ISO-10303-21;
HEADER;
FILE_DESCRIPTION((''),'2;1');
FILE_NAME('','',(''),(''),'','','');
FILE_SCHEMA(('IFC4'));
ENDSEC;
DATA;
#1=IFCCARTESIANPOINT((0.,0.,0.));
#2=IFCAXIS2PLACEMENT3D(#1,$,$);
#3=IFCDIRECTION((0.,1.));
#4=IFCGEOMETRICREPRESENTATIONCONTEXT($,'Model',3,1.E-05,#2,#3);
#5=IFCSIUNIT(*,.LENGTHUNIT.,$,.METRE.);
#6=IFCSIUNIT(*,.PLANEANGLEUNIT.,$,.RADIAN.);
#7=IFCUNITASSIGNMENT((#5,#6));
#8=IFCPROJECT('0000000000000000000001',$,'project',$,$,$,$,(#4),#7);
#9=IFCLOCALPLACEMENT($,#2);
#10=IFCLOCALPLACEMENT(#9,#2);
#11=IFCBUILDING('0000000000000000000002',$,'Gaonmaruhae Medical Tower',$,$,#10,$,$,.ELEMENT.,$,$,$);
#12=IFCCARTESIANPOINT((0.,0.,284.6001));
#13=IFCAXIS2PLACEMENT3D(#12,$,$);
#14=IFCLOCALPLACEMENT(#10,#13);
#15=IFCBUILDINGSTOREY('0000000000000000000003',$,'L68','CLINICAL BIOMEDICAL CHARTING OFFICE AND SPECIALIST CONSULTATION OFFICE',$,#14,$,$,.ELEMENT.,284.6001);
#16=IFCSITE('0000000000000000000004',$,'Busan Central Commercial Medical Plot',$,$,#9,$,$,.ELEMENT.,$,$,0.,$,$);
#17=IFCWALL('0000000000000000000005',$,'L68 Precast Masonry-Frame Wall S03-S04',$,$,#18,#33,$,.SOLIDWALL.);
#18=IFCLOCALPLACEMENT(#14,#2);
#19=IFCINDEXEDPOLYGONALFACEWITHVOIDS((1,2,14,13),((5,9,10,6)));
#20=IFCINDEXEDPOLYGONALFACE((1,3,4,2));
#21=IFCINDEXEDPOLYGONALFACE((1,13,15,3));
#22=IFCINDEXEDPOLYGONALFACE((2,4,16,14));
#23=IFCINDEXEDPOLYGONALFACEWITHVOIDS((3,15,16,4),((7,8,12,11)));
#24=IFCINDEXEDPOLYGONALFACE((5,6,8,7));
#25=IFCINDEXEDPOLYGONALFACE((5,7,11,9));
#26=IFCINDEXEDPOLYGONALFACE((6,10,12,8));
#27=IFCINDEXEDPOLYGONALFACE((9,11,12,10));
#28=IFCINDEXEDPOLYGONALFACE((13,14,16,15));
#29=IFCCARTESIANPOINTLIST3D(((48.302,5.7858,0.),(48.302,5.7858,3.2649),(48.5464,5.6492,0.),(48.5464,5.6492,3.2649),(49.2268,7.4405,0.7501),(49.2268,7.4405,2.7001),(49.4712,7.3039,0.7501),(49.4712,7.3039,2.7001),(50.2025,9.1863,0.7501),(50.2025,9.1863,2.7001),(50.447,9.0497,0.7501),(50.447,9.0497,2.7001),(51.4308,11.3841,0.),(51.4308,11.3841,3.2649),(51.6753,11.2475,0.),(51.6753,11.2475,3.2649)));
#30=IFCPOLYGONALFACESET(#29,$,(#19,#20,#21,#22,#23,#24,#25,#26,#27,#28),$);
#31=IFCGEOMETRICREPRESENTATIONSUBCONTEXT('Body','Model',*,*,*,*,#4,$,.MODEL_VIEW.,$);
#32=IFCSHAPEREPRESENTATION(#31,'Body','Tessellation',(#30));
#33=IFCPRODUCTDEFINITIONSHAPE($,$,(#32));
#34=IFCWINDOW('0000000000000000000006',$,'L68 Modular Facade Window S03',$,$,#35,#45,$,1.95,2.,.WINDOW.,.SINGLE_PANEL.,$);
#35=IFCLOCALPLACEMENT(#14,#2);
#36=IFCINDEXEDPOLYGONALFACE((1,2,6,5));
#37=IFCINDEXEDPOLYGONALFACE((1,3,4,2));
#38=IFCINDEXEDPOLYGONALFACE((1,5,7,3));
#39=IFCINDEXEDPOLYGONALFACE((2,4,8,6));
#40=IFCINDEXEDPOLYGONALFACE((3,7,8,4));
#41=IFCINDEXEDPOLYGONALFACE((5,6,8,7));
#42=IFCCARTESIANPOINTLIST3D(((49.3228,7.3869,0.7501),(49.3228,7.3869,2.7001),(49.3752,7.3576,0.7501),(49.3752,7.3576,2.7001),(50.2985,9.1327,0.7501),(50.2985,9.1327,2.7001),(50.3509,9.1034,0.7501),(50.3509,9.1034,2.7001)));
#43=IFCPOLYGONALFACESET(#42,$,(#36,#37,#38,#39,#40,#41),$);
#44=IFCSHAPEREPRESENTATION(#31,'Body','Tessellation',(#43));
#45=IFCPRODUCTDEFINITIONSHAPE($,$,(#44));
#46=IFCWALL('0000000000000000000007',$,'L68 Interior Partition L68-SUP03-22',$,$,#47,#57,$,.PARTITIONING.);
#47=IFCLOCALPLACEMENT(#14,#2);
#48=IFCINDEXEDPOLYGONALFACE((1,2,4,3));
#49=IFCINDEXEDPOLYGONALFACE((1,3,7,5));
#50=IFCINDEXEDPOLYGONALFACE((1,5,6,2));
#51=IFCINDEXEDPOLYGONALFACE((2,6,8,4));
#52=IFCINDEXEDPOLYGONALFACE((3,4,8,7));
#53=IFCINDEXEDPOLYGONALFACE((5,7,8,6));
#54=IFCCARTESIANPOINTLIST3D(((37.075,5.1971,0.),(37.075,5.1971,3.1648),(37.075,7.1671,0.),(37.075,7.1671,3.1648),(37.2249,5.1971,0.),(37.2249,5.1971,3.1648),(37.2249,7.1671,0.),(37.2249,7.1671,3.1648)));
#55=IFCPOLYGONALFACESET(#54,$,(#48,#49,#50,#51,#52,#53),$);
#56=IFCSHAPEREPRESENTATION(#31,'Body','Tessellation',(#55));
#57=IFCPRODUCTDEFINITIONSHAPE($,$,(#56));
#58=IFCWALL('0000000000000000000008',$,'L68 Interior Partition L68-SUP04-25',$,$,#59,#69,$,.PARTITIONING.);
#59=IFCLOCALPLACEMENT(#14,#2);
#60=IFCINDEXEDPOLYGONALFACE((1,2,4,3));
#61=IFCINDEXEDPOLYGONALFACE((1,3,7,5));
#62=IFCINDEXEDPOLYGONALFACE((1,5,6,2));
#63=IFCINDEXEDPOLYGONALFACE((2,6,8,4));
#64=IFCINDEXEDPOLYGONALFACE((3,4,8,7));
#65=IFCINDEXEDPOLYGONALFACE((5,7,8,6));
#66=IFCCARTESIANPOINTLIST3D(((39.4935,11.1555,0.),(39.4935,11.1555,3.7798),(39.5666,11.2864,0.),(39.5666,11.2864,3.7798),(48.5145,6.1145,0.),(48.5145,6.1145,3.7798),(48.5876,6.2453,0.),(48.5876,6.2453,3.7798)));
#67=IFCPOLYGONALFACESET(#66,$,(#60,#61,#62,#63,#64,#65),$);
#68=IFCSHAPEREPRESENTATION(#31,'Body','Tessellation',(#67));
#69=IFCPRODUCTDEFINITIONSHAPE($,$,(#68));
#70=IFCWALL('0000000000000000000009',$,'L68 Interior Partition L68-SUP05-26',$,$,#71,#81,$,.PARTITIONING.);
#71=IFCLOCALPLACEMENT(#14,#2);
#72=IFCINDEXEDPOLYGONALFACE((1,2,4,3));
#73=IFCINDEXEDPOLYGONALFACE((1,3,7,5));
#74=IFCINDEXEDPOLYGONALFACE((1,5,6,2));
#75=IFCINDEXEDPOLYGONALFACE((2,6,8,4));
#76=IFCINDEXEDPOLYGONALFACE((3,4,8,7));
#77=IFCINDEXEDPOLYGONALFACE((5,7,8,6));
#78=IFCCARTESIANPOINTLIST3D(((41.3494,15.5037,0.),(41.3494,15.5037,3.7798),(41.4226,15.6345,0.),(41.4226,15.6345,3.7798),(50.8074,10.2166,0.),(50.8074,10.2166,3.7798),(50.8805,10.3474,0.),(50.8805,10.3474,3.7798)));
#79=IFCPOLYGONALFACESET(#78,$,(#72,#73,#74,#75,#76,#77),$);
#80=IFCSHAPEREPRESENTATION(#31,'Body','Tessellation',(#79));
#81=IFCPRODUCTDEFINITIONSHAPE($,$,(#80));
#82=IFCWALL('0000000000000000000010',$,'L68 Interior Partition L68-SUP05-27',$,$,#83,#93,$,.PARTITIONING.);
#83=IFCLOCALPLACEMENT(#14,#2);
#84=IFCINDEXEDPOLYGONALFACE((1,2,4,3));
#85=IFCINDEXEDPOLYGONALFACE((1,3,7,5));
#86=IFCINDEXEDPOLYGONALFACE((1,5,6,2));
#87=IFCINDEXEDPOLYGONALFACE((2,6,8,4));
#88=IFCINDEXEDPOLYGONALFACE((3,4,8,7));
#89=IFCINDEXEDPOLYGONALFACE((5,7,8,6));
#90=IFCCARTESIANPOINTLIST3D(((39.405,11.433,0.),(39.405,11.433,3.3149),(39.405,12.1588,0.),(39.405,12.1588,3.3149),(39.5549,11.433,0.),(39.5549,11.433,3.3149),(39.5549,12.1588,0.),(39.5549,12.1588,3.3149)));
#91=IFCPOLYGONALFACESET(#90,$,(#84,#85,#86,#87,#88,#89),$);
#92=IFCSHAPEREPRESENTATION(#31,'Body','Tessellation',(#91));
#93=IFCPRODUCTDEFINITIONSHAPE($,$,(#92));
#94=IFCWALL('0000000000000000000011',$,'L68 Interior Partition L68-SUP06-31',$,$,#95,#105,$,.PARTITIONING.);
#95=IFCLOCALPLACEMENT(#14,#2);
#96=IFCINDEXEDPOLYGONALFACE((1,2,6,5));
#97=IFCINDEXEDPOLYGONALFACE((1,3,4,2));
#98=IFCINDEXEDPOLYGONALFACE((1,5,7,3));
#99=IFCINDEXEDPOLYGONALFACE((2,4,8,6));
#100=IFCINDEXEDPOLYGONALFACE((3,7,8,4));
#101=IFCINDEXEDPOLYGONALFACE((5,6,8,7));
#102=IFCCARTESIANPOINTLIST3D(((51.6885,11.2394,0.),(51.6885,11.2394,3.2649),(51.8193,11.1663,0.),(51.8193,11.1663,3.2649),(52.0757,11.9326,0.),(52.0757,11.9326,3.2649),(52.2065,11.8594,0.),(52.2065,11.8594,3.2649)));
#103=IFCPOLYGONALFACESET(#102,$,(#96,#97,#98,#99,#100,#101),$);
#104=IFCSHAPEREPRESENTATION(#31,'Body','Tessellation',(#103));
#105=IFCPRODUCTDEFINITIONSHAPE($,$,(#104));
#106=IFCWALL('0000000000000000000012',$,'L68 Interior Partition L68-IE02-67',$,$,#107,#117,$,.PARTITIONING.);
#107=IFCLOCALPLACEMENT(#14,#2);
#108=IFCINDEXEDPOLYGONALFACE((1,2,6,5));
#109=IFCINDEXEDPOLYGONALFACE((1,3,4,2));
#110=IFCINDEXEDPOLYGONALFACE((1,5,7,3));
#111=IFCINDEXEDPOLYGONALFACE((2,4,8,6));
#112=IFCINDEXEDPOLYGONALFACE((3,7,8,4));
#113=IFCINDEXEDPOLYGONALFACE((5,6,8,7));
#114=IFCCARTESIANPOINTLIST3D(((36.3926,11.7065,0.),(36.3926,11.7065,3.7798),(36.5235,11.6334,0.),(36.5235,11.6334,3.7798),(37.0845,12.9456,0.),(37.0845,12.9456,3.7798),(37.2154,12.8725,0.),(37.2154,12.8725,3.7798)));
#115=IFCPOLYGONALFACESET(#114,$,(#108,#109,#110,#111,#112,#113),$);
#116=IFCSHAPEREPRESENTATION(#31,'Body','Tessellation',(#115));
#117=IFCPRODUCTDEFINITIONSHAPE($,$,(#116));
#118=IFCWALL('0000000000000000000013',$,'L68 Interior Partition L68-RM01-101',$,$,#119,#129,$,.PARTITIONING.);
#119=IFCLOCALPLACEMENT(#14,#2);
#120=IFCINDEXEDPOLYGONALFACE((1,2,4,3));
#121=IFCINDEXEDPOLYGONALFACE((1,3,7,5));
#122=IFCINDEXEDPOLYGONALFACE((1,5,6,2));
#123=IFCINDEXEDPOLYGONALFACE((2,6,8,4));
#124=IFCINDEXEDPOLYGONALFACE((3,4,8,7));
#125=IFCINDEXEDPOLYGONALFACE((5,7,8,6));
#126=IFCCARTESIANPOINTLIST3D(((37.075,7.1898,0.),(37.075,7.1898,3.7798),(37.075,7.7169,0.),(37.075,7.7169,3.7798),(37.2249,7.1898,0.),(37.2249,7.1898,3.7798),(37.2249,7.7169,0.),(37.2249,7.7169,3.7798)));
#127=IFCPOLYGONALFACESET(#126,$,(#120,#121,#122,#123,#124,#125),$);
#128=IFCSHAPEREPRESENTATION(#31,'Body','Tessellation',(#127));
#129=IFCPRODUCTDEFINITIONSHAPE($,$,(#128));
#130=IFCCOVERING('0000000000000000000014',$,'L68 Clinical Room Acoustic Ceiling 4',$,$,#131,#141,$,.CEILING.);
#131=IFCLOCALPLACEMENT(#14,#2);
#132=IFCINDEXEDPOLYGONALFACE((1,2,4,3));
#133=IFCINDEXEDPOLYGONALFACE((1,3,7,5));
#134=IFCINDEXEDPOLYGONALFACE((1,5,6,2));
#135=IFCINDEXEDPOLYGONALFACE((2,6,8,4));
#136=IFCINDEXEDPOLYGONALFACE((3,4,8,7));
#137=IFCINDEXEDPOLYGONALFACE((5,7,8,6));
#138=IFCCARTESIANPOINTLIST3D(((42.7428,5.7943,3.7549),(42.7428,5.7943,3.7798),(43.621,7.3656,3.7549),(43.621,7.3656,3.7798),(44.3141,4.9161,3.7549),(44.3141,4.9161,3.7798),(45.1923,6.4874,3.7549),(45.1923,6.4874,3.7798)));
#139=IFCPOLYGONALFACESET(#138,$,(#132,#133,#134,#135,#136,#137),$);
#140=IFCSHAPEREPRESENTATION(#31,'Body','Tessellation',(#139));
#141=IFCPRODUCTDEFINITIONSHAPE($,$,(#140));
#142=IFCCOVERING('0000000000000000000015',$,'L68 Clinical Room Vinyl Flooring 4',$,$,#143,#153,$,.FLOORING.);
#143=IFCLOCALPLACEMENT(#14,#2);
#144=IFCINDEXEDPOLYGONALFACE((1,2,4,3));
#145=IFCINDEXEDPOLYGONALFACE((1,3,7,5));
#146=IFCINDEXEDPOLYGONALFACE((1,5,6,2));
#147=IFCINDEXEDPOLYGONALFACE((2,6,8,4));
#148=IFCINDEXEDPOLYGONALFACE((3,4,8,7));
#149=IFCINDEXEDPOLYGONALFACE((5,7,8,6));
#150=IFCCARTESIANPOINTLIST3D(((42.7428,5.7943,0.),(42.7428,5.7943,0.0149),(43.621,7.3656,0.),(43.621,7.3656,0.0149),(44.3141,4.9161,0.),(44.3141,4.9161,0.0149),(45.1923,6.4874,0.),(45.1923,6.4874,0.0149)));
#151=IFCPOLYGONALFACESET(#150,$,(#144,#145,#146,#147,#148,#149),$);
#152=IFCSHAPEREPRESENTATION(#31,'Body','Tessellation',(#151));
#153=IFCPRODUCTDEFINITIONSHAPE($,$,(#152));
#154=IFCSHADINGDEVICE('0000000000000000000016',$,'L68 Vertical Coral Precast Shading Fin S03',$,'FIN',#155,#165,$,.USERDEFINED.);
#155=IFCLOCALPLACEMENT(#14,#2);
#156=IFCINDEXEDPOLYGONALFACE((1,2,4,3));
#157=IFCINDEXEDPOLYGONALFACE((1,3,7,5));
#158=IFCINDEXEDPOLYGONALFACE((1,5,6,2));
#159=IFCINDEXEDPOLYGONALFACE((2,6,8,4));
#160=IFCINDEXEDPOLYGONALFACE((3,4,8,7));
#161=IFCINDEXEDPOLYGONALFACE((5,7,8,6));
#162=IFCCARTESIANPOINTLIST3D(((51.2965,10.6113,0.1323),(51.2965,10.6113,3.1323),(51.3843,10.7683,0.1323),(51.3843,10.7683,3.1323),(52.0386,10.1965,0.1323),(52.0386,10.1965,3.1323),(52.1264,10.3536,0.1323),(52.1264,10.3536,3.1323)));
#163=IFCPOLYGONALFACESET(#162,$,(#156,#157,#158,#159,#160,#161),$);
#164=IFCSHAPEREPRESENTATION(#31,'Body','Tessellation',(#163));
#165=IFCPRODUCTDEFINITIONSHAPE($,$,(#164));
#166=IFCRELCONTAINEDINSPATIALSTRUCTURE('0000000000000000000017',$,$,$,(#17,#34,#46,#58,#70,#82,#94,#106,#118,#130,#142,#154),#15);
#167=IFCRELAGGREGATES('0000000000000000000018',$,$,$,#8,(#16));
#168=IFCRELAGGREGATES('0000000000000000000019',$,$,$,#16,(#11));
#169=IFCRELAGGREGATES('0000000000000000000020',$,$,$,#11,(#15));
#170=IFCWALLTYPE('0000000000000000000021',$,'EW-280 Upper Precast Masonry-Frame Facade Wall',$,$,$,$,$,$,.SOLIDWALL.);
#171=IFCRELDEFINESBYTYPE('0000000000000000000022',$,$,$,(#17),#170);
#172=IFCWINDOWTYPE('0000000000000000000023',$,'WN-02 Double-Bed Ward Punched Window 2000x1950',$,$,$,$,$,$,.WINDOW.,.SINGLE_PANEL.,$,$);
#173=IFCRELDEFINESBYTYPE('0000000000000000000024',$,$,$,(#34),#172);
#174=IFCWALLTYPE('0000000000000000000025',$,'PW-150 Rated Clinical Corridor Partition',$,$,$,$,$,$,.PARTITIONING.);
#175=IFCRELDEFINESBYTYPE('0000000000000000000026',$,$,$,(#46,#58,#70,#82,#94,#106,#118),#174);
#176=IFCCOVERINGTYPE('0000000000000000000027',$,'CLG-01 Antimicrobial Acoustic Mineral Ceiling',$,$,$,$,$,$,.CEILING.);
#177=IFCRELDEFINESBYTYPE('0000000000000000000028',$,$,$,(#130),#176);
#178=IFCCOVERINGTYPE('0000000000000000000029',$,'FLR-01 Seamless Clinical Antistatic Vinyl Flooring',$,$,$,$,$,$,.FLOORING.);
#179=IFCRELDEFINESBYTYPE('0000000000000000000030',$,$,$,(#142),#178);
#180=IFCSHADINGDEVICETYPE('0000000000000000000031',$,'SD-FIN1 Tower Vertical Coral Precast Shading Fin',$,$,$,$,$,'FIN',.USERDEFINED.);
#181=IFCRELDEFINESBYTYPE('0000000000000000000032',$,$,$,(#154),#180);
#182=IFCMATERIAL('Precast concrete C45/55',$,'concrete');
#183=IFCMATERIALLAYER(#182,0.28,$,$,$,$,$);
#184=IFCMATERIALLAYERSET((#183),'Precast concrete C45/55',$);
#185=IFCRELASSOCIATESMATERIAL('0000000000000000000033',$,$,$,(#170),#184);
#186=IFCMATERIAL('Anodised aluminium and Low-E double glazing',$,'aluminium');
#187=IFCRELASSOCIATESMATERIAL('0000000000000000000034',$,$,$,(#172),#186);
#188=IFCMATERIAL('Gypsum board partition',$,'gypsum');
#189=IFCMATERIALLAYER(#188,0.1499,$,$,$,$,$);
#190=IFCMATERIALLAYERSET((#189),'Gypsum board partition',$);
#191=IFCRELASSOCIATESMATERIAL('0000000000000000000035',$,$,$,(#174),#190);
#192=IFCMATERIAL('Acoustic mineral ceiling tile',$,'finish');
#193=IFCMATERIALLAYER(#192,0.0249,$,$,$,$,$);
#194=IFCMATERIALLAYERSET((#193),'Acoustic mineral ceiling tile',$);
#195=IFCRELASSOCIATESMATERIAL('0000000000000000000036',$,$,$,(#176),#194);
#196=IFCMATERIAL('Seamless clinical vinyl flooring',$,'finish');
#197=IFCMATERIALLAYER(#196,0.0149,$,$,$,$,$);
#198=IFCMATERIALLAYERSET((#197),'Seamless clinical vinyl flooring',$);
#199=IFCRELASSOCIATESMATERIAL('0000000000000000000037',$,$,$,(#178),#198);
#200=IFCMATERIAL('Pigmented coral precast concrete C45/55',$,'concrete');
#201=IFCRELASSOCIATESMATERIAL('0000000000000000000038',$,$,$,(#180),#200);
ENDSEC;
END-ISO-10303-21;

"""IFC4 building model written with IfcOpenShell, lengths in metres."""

from ifc_helpers import new_model, si_unit, direction, frame, frame_2d, origin, origin_2d, place, context, subcontext, project, spatial, rectangle, extrude, material, layer, layer_set, type_object, element, fill, save


model = new_model("IFC4")

# Units and contexts
model_context = context("Model", 3, precision=1e-05, world=origin(), true_north=direction((0.0, 1.0)))
body_context = subcontext(model_context, "Body", "Model", "MODEL_VIEW")
ifc_project = project(units=[si_unit("LENGTHUNIT", "METRE"), si_unit("PLANEANGLEUNIT", "RADIAN")], contexts=[model_context])

# Site, building, storey
site_placement = place(None, origin())
site = spatial("IfcSite", under=ifc_project, at=site_placement, Name="Busan Central Commercial Medical Plot", CompositionType="ELEMENT", RefElevation=0.0)
building_placement = place(site_placement, origin())
building = spatial("IfcBuilding", under=site, at=building_placement, Name="Gaonmaruhae Medical Tower", CompositionType="ELEMENT")
storey_placement = place(building_placement, frame((0.0, 0.0, 284.6001)))
storey = spatial("IfcBuildingStorey", under=building, at=storey_placement, Name="L68", Description="CLINICAL BIOMEDICAL CHARTING OFFICE AND SPECIALIST CONSULTATION OFFICE", CompositionType="ELEMENT", Elevation=284.6001)

# Wall, opening, window
ifc_material_1 = material(Name="Precast concrete C45/55", Category="concrete")
ifc_layer_1 = layer(ifc_material_1, 0.28)
ifc_layer_set_1 = layer_set([ifc_layer_1], Name="Precast concrete C45/55")
wall_type_1 = type_object("IfcWallType", Name="EW-280 Upper Precast Masonry-Frame Facade Wall", PredefinedType="SOLIDWALL", material=ifc_layer_set_1)
wall_1_placement = place(storey_placement, frame((51.553, 11.3157, 0.0), z_axis=(0.0, 0.0, 1.0), x_axis=(-0.487868, -0.872917, 0.0)))
wall_1 = element("IfcWall", 1, at=wall_1_placement, inside=storey, type_object=wall_type_1, Name="L68 Precast Masonry-Frame Wall S03-S04", PredefinedType="SOLIDWALL", context=body_context, shape_type="SweptSolid", body=[
    extrude(rectangle(XDim=6.4133, YDim=0.28, at=frame_2d((3.2065, 0.0))), origin(), (0.0, 0.0, 1.0), 3.2649),
])
opening_1_placement = place(wall_1_placement, frame((2.5176, 0.0, 0.75)))
opening_1 = element("IfcOpeningElement", 2, at=opening_1_placement, cuts=wall_1, PredefinedType="OPENING", context=body_context, shape_type="SweptSolid", body=[
    extrude(rectangle(XDim=2.0, YDim=1.95, at=frame_2d((1.0, 0.9751))), frame((0.0, 0.1499, 0.0), z_axis=(0.0, -1.0, 0.0), x_axis=(1.0, 0.0, 0.0)), (0.0, 0.0, 1.0), 0.3),
])
ifc_material_2 = material(Name="Anodised aluminium and Low-E double glazing", Category="aluminium")
window_type = type_object("IfcWindowType", Name="WN-02 Double-Bed Ward Punched Window 2000x1950", PartitioningType="SINGLE_PANEL", PredefinedType="WINDOW", material=ifc_material_2)
window_placement = place(opening_1_placement, origin())
window = element("IfcWindow", 3, at=window_placement, inside=storey, type_object=window_type, Name="L68 Modular Facade Window S03", OverallHeight=1.95, OverallWidth=2.0, PartitioningType="SINGLE_PANEL", PredefinedType="WINDOW", context=body_context, shape_type="SweptSolid", body=[
    extrude(rectangle(XDim=2.0, YDim=1.95, at=frame_2d((1.0, 0.9751))), frame((0.0, 0.03, 0.0), z_axis=(0.0, -1.0, 0.0), x_axis=(1.0, 0.0, 0.0)), (0.0, 0.0, 1.0), 0.0601),
])
fill(opening_1, window)

# Walls
ifc_material_3 = material(Name="Gypsum board partition", Category="gypsum")
ifc_layer_2 = layer(ifc_material_3, 0.1499)
ifc_layer_set_2 = layer_set([ifc_layer_2], Name="Gypsum board partition")
wall_type_2 = type_object("IfcWallType", Name="PW-150 Rated Clinical Corridor Partition", PredefinedType="PARTITIONING", material=ifc_layer_set_2)
wall_2_placement = place(storey_placement, frame((37.1499, 7.167, 0.0), z_axis=(0.0, 0.0, 1.0), x_axis=(0.0, -1.0, 0.0)))
element("IfcWall", 4, at=wall_2_placement, inside=storey, type_object=wall_type_2, Name="L68 Interior Partition L68-SUP03-22", PredefinedType="PARTITIONING", context=body_context, shape_type="SweptSolid", body=[
    extrude(rectangle(XDim=1.97, YDim=0.1499, at=frame_2d((0.9849, 0.0))), origin(), (0.0, 0.0, 1.0), 3.1648),
])
wall_3_placement = place(storey_placement, frame((39.53, 11.2209, 0.0), z_axis=(0.0, 0.0, 1.0), x_axis=(0.872949, -0.487812, 0.0)))
element("IfcWall", 5, at=wall_3_placement, inside=storey, type_object=wall_type_2, Name="L68 Interior Partition L68-SUP04-25", PredefinedType="PARTITIONING", context=body_context, shape_type="SweptSolid", body=[
    extrude(rectangle(XDim=10.334, YDim=0.1499, at=frame_2d((5.167, 0.0))), origin(), (0.0, 0.0, 1.0), 3.7798),
])
wall_4_placement = place(storey_placement, frame((41.386, 15.5691, 0.0), z_axis=(0.0, 0.0, 1.0), x_axis=(0.872875, -0.487945, 0.0)))
element("IfcWall", 6, at=wall_4_placement, inside=storey, type_object=wall_type_2, Name="L68 Interior Partition L68-SUP05-26", PredefinedType="PARTITIONING", context=body_context, shape_type="SweptSolid", body=[
    extrude(rectangle(XDim=10.8354, YDim=0.1499, at=frame_2d((5.4177, 0.0))), origin(), (0.0, 0.0, 1.0), 3.7798),
])
wall_5_placement = place(storey_placement, frame((39.48, 11.4331, 0.0), z_axis=(0.0, 0.0, 1.0), x_axis=(0.0, 1.0, 0.0)))
element("IfcWall", 7, at=wall_5_placement, inside=storey, type_object=wall_type_2, Name="L68 Interior Partition L68-SUP05-27", PredefinedType="PARTITIONING", context=body_context, shape_type="SweptSolid", body=[
    extrude(rectangle(XDim=0.7258, YDim=0.1499, at=frame_2d((0.3628, 0.0))), origin(), (0.0, 0.0, 1.0), 3.3149),
])

# Walls
wall_6_placement = place(storey_placement, frame((52.1411, 11.896, 0.0), z_axis=(0.0, 0.0, 1.0), x_axis=(-0.487704, -0.873009, 0.0)))
element("IfcWall", 8, at=wall_6_placement, inside=storey, type_object=wall_type_2, Name="L68 Interior Partition L68-SUP06-31", PredefinedType="PARTITIONING", context=body_context, shape_type="SweptSolid", body=[
    extrude(rectangle(XDim=0.7939, YDim=0.1499, at=frame_2d((0.397, 0.0))), origin(), (0.0, 0.0, 1.0), 3.2649),
])
wall_7_placement = place(storey_placement, frame((37.1499, 12.9089, 0.0), z_axis=(0.0, 0.0, 1.0), x_axis=(-0.487555, -0.873092, 0.0)))
element("IfcWall", 9, at=wall_7_placement, inside=storey, type_object=wall_type_2, Name="L68 Interior Partition L68-IE02-67", PredefinedType="PARTITIONING", context=body_context, shape_type="SweptSolid", body=[
    extrude(rectangle(XDim=1.4192, YDim=0.1499, at=frame_2d((0.7095, 0.0))), origin(), (0.0, 0.0, 1.0), 3.7798),
])
wall_8_placement = place(storey_placement, frame((37.1499, 7.717, 0.0), z_axis=(0.0, 0.0, 1.0), x_axis=(0.0, -1.0, 0.0)))
element("IfcWall", 10, at=wall_8_placement, inside=storey, type_object=wall_type_2, Name="L68 Interior Partition L68-RM01-101", PredefinedType="PARTITIONING", context=body_context, shape_type="SweptSolid", body=[
    extrude(rectangle(XDim=0.5271, YDim=0.1499, at=frame_2d((0.2637, 0.0))), origin(), (0.0, 0.0, 1.0), 3.7798),
])

# Coverings
ifc_material_4 = material(Name="Acoustic mineral ceiling tile", Category="finish")
ifc_layer_3 = layer(ifc_material_4, 0.0249)
ifc_layer_set_3 = layer_set([ifc_layer_3], Name="Acoustic mineral ceiling tile")
covering_type_1 = type_object("IfcCoveringType", Name="CLG-01 Antimicrobial Acoustic Mineral Ceiling", PredefinedType="CEILING", material=ifc_layer_set_3)
covering_1_placement = place(storey_placement, frame((43.9675, 6.1409, 3.7549), z_axis=(0.0, 0.0, 1.0), x_axis=(0.48786, 0.872922, 0.0)))
element("IfcCovering", 11, at=covering_1_placement, inside=storey, type_object=covering_type_1, Name="L68 Clinical Room Acoustic Ceiling 4", PredefinedType="CEILING", context=body_context, shape_type="SweptSolid", body=[
    extrude(rectangle(XDim=1.8, YDim=1.8, at=origin_2d()), origin(), (0.0, 0.0, 1.0), 0.0249),
])
ifc_material_5 = material(Name="Seamless clinical vinyl flooring", Category="finish")
ifc_layer_4 = layer(ifc_material_5, 0.0149)
ifc_layer_set_4 = layer_set([ifc_layer_4], Name="Seamless clinical vinyl flooring")
covering_type_2 = type_object("IfcCoveringType", Name="FLR-01 Seamless Clinical Antistatic Vinyl Flooring", PredefinedType="FLOORING", material=ifc_layer_set_4)
covering_2_placement = place(storey_placement, frame((43.9675, 6.1409, 0.0), z_axis=(0.0, 0.0, 1.0), x_axis=(0.48786, 0.872922, 0.0)))
element("IfcCovering", 12, at=covering_2_placement, inside=storey, type_object=covering_type_2, Name="L68 Clinical Room Vinyl Flooring 4", PredefinedType="FLOORING", context=body_context, shape_type="SweptSolid", body=[
    extrude(rectangle(XDim=1.8, YDim=1.8, at=origin_2d()), origin(), (0.0, 0.0, 1.0), 0.0149),
])

# Shading device
ifc_material_6 = material(Name="Pigmented coral precast concrete C45/55", Category="concrete")
shading_device_type = type_object("IfcShadingDeviceType", Name="SD-FIN1 Tower Vertical Coral Precast Shading Fin", ElementType="FIN", PredefinedType="USERDEFINED", material=ifc_material_6)
shading_device_placement = place(storey_placement, frame((51.7114, 10.4824, 0.1323), z_axis=(0.0, 0.0, 1.0), x_axis=(-0.48786, -0.872922, 0.0)))
element("IfcShadingDevice", 13, at=shading_device_placement, inside=storey, type_object=shading_device_type, Name="L68 Vertical Coral Precast Shading Fin S03", ObjectType="FIN", PredefinedType="USERDEFINED", context=body_context, shape_type="SweptSolid", body=[
    extrude(rectangle(XDim=0.1799, YDim=0.8501, at=origin_2d()), origin(), (0.0, 0.0, 1.0), 3.0),
])

save(model, "model.ifc")
